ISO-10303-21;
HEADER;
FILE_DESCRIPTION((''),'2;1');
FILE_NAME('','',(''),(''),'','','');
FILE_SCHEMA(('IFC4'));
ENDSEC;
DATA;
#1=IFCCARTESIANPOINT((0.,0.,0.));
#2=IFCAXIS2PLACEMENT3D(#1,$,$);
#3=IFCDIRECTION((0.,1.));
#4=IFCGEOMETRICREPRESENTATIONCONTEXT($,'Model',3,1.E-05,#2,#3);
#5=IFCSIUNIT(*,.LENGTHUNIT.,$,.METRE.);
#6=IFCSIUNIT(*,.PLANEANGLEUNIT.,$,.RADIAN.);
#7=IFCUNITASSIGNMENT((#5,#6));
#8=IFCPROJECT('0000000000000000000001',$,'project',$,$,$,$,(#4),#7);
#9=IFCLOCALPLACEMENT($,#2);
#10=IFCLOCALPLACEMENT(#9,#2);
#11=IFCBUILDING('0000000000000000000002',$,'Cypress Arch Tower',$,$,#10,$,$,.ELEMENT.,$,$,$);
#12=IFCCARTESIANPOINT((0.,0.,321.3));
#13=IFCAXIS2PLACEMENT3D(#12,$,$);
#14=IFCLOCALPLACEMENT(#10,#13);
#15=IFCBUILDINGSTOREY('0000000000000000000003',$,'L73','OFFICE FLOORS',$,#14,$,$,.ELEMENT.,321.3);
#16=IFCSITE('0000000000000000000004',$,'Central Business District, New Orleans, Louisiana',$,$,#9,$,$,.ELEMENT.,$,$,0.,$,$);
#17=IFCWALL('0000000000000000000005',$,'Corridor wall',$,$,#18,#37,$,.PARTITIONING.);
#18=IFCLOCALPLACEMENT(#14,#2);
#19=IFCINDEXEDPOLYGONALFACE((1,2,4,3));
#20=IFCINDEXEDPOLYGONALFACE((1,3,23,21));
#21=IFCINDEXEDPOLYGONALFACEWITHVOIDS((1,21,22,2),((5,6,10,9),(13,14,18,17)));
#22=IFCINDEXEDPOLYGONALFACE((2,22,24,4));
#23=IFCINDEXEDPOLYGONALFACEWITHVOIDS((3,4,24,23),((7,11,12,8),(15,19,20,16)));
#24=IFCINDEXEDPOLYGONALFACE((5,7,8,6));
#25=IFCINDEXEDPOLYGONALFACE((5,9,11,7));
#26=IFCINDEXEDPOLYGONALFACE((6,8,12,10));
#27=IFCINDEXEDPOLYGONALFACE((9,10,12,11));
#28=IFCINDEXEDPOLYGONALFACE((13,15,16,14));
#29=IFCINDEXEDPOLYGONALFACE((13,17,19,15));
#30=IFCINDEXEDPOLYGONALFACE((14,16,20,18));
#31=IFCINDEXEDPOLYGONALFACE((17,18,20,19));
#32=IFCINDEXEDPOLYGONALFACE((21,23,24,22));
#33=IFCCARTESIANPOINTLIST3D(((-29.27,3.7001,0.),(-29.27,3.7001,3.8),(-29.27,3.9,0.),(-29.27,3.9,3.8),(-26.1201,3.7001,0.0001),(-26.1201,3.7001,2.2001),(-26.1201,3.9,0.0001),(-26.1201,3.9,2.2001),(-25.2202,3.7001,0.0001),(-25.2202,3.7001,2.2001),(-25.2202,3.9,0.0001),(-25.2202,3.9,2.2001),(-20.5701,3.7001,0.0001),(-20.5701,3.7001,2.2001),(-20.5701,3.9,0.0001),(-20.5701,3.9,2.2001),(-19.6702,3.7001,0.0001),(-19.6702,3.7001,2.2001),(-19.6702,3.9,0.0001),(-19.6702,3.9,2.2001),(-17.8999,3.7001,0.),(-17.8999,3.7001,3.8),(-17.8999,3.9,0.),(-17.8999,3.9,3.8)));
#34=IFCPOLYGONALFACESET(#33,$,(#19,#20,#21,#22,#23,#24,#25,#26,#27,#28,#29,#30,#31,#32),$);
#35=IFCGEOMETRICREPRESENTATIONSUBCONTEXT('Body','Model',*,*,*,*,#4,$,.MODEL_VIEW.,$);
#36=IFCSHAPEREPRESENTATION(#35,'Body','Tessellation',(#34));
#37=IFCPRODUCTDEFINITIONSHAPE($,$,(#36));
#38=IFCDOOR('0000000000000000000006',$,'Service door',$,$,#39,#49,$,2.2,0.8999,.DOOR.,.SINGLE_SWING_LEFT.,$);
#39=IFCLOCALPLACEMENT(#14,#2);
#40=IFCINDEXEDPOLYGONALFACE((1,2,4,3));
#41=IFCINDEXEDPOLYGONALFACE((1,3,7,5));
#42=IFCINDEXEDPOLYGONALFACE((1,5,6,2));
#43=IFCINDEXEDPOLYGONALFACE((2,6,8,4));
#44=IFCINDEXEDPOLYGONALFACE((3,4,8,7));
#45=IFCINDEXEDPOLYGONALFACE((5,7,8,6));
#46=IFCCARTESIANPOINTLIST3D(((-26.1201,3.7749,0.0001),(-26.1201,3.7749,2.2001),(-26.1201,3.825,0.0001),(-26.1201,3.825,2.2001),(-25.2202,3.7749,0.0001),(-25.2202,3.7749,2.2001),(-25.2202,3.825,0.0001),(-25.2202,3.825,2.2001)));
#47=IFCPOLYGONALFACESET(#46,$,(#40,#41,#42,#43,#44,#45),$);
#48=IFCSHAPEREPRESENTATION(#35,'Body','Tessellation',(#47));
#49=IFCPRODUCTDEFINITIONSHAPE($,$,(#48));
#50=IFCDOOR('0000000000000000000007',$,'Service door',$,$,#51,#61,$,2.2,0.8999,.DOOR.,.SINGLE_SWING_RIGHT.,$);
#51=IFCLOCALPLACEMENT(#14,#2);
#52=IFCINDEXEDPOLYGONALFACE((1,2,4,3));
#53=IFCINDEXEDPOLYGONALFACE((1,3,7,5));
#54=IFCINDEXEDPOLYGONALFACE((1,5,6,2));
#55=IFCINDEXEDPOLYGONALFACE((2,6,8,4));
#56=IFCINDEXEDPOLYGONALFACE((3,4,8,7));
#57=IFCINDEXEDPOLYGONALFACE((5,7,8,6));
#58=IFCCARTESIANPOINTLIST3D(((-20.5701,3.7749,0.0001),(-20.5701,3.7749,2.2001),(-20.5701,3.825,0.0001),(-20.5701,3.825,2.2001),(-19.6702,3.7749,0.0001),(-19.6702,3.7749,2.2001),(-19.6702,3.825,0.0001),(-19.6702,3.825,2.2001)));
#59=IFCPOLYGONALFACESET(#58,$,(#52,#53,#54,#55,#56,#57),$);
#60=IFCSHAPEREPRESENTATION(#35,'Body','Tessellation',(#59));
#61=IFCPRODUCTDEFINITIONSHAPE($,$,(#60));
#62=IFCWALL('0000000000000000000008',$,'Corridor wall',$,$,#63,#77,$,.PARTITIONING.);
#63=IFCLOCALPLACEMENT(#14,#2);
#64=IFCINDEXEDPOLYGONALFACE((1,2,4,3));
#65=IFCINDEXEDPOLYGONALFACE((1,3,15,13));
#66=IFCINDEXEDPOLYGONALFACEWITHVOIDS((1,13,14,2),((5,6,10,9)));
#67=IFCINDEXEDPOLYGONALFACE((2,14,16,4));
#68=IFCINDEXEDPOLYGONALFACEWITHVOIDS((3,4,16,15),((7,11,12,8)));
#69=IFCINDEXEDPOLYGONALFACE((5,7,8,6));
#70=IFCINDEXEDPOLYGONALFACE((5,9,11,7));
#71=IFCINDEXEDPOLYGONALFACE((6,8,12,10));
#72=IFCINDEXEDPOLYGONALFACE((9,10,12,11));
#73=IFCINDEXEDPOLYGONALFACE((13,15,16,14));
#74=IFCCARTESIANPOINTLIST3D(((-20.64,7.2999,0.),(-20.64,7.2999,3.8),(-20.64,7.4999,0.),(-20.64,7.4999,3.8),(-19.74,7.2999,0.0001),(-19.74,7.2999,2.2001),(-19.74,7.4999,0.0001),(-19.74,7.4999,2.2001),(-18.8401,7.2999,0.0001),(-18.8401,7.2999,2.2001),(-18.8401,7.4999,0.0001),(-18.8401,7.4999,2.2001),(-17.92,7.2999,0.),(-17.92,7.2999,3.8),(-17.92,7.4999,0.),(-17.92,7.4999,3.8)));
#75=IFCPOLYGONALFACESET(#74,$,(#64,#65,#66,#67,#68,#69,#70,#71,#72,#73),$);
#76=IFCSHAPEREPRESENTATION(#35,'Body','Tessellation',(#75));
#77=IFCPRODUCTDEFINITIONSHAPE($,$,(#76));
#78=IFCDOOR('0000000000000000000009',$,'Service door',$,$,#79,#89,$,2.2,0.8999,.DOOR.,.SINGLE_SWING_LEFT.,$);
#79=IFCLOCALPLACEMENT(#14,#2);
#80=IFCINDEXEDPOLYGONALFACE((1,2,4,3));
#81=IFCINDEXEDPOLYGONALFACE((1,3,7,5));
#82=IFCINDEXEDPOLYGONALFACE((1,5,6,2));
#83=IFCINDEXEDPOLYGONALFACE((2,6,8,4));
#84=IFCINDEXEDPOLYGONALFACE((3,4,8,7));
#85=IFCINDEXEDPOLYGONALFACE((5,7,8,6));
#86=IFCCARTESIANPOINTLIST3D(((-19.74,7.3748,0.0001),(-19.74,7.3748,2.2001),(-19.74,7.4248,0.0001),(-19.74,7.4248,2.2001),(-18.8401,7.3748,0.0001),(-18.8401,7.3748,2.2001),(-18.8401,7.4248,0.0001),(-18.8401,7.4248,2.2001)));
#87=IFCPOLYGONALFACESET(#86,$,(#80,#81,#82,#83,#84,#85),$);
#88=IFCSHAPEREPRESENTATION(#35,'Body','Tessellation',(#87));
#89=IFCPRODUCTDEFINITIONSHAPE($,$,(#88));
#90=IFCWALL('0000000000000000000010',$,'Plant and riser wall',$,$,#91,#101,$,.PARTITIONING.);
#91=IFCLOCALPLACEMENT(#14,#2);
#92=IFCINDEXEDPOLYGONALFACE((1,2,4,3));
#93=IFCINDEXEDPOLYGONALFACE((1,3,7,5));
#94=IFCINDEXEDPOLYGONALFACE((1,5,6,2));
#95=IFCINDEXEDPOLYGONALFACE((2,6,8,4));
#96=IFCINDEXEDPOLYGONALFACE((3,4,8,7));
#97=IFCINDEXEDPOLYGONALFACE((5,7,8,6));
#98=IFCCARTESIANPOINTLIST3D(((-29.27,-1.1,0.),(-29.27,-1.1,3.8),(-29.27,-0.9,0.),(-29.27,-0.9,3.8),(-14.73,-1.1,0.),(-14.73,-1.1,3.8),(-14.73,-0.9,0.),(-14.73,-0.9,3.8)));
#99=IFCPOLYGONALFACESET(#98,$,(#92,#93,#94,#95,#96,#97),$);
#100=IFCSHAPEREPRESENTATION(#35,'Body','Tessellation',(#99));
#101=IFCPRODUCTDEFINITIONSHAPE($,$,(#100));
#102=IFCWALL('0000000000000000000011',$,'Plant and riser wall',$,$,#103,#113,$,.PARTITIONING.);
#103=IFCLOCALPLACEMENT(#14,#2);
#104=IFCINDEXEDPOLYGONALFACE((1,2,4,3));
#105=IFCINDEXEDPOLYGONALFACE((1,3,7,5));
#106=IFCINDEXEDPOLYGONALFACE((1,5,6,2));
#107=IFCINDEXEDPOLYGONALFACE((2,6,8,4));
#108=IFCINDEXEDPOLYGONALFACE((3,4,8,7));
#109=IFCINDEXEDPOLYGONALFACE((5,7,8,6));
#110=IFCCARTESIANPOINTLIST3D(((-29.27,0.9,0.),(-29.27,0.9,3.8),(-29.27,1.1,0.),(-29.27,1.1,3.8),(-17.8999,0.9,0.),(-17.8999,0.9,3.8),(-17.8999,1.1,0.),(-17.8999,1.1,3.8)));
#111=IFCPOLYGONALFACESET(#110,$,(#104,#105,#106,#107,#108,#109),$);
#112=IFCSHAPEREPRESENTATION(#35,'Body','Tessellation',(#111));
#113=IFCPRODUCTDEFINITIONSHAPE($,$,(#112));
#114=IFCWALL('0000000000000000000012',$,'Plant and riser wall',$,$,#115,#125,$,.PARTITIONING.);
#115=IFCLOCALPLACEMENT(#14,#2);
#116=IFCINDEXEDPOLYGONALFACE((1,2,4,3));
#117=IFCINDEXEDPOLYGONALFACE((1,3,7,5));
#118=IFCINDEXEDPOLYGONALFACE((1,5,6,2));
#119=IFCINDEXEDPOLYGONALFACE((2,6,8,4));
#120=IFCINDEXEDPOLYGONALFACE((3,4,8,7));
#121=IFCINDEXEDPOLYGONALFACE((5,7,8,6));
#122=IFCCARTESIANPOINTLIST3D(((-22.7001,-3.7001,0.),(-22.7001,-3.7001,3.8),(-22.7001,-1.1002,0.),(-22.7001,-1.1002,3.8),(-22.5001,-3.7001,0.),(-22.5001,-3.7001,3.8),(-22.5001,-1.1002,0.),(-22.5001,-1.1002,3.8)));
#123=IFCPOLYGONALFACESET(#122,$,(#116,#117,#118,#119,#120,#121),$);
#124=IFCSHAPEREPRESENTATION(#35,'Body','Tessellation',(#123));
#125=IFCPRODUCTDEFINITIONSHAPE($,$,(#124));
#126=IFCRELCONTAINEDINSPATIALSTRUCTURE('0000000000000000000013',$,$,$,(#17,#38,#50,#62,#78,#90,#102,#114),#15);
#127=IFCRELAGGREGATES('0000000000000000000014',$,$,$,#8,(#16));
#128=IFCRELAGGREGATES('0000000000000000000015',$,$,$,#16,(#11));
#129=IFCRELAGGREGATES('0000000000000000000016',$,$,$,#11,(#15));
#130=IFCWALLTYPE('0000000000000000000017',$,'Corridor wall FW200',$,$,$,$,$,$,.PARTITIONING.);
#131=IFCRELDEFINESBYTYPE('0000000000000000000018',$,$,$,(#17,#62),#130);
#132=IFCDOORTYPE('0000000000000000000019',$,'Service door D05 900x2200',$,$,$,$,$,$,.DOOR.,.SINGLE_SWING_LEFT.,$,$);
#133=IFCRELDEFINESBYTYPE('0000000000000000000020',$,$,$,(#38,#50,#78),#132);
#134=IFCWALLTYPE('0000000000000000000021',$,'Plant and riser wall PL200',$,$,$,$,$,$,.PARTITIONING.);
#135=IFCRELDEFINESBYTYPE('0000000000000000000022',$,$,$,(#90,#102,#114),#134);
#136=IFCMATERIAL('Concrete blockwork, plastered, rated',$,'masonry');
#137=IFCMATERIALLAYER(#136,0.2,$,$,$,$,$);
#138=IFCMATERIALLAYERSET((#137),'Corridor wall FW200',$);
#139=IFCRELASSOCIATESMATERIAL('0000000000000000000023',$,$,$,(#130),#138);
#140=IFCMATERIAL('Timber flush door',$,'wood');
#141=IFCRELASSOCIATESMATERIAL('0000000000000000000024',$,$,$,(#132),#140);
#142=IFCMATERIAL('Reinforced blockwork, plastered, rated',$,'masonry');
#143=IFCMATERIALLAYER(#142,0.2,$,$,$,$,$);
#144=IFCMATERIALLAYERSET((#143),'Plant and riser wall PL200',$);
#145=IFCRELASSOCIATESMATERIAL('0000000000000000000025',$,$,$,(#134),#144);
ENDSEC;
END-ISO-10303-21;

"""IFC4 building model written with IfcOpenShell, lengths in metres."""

from ifc_helpers import new_model, si_unit, direction, frame, frame_2d, origin, place, context, subcontext, project, spatial, rectangle, extrude, material, layer, layer_set, type_object, element, fill, save


model = new_model("IFC4")

# Units and contexts
model_context = context("Model", 3, precision=1e-05, world=origin(), true_north=direction((0.0, 1.0)))
body_context = subcontext(model_context, "Body", "Model", "MODEL_VIEW")
ifc_project = project(units=[si_unit("LENGTHUNIT", "METRE"), si_unit("PLANEANGLEUNIT", "RADIAN")], contexts=[model_context])

# Site, building, storey
site_placement = place(None, origin())
site = spatial("IfcSite", under=ifc_project, at=site_placement, Name="Central Business District, New Orleans, Louisiana", CompositionType="ELEMENT", RefElevation=0.0)
building_placement = place(site_placement, origin())
building = spatial("IfcBuilding", under=site, at=building_placement, Name="Cypress Arch Tower", CompositionType="ELEMENT")
storey_placement = place(building_placement, frame((0.0, 0.0, 321.3)))
storey = spatial("IfcBuildingStorey", under=building, at=storey_placement, Name="L73", Description="OFFICE FLOORS", CompositionType="ELEMENT", Elevation=321.3)

# Wall, openings, doors
ifc_material_1 = material(Name="Concrete blockwork, plastered, rated", Category="masonry")
ifc_layer_1 = layer(ifc_material_1, 0.2)
ifc_layer_set_1 = layer_set([ifc_layer_1], Name="Corridor wall FW200")
wall_type_1 = type_object("IfcWallType", Name="Corridor wall FW200", PredefinedType="PARTITIONING", material=ifc_layer_set_1)
wall_1_placement = place(storey_placement, frame((-29.27, 3.8, 0.0), z_axis=(0.0, 0.0, 1.0), x_axis=(1.0, 0.0, 0.0)))
wall_1 = element("IfcWall", 1, at=wall_1_placement, inside=storey, type_object=wall_type_1, Name="Corridor wall", PredefinedType="PARTITIONING", context=body_context, shape_type="SweptSolid", body=[
    extrude(rectangle(XDim=11.3701, YDim=0.2, at=frame_2d((5.6851, 0.0))), origin(), (0.0, 0.0, 1.0), 3.8),
])
opening_1_placement = place(wall_1_placement, frame((3.1499, 0.0, 0.0)))
opening_1 = element("IfcOpeningElement", 2, at=opening_1_placement, cuts=wall_1, PredefinedType="OPENING", context=body_context, shape_type="SweptSolid", body=[
    extrude(rectangle(XDim=0.8999, YDim=2.2, at=frame_2d((0.45, 1.1001))), frame((0.0, 0.1099, 0.0), z_axis=(0.0, -1.0, 0.0), x_axis=(1.0, 0.0, 0.0)), (0.0, 0.0, 1.0), 0.22),
])
opening_2_placement = place(wall_1_placement, frame((8.7, 0.0, 0.0)))
opening_2 = element("IfcOpeningElement", 3, at=opening_2_placement, cuts=wall_1, PredefinedType="OPENING", context=body_context, shape_type="SweptSolid", body=[
    extrude(rectangle(XDim=0.8999, YDim=2.2, at=frame_2d((0.45, 1.1001))), frame((0.0, 0.1099, 0.0), z_axis=(0.0, -1.0, 0.0), x_axis=(1.0, 0.0, 0.0)), (0.0, 0.0, 1.0), 0.22),
])
ifc_material_2 = material(Name="Timber flush door", Category="wood")
door_type_1 = type_object("IfcDoorType", Name="Service door D05 900x2200", OperationType="SINGLE_SWING_LEFT", PredefinedType="DOOR", material=ifc_material_2)
door_1_placement = place(opening_1_placement, origin())
door_1 = element("IfcDoor", 4, at=door_1_placement, inside=storey, type_object=door_type_1, Name="Service door", OperationType="SINGLE_SWING_LEFT", OverallHeight=2.2, OverallWidth=0.8999, PredefinedType="DOOR", context=body_context, shape_type="SweptSolid", body=[
    extrude(rectangle(XDim=0.8999, YDim=2.2, at=frame_2d((0.45, 1.1001))), frame((0.0, 0.0249, 0.0), z_axis=(0.0, -1.0, 0.0), x_axis=(1.0, 0.0, 0.0)), (0.0, 0.0, 1.0), 0.05),
])
fill(opening_1, door_1)
door_2_placement = place(opening_2_placement, origin())
door_2 = element("IfcDoor", 5, at=door_2_placement, inside=storey, type_object=door_type_1, Name="Service door", OperationType="SINGLE_SWING_RIGHT", OverallHeight=2.2, OverallWidth=0.8999, PredefinedType="DOOR", context=body_context, shape_type="SweptSolid", body=[
    extrude(rectangle(XDim=0.8999, YDim=2.2, at=frame_2d((0.45, 1.1001))), frame((0.0, 0.0249, 0.0), z_axis=(0.0, -1.0, 0.0), x_axis=(1.0, 0.0, 0.0)), (0.0, 0.0, 1.0), 0.05),
])
fill(opening_2, door_2)

# Wall, opening, door
wall_2_placement = place(storey_placement, frame((-20.6399, 7.3999, 0.0), z_axis=(0.0, 0.0, 1.0), x_axis=(1.0, 0.0, 0.0)))
wall_2 = element("IfcWall", 6, at=wall_2_placement, inside=storey, type_object=wall_type_1, Name="Corridor wall", PredefinedType="PARTITIONING", context=body_context, shape_type="SweptSolid", body=[
    extrude(rectangle(XDim=2.72, YDim=0.2, at=frame_2d((1.3599, 0.0))), origin(), (0.0, 0.0, 1.0), 3.8),
])
opening_3_placement = place(wall_2_placement, frame((0.8999, 0.0, 0.0)))
opening_3 = element("IfcOpeningElement", 7, at=opening_3_placement, cuts=wall_2, PredefinedType="OPENING", context=body_context, shape_type="SweptSolid", body=[
    extrude(rectangle(XDim=0.8999, YDim=2.2, at=frame_2d((0.45, 1.1001))), frame((0.0, 0.1099, 0.0), z_axis=(0.0, -1.0, 0.0), x_axis=(1.0, 0.0, 0.0)), (0.0, 0.0, 1.0), 0.22),
])
door_3_placement = place(opening_3_placement, origin())
door_3 = element("IfcDoor", 8, at=door_3_placement, inside=storey, type_object=door_type_1, Name="Service door", OperationType="SINGLE_SWING_LEFT", OverallHeight=2.2, OverallWidth=0.8999, PredefinedType="DOOR", context=body_context, shape_type="SweptSolid", body=[
    extrude(rectangle(XDim=0.8999, YDim=2.2, at=frame_2d((0.45, 1.1001))), frame((0.0, 0.0249, 0.0), z_axis=(0.0, -1.0, 0.0), x_axis=(1.0, 0.0, 0.0)), (0.0, 0.0, 1.0), 0.05),
])
fill(opening_3, door_3)

# Walls
ifc_material_3 = material(Name="Reinforced blockwork, plastered, rated", Category="masonry")
ifc_layer_2 = layer(ifc_material_3, 0.2)
ifc_layer_set_2 = layer_set([ifc_layer_2], Name="Plant and riser wall PL200")
wall_type_2 = type_object("IfcWallType", Name="Plant and riser wall PL200", PredefinedType="PARTITIONING", material=ifc_layer_set_2)
wall_3_placement = place(storey_placement, frame((-29.27, -1.0, 0.0), z_axis=(0.0, 0.0, 1.0), x_axis=(1.0, 0.0, 0.0)))
element("IfcWall", 9, at=wall_3_placement, inside=storey, type_object=wall_type_2, Name="Plant and riser wall", PredefinedType="PARTITIONING", context=body_context, shape_type="SweptSolid", body=[
    extrude(rectangle(XDim=14.54, YDim=0.2, at=frame_2d((7.27, 0.0))), origin(), (0.0, 0.0, 1.0), 3.8),
])
wall_4_placement = place(storey_placement, frame((-29.27, 1.0, 0.0), z_axis=(0.0, 0.0, 1.0), x_axis=(1.0, 0.0, 0.0)))
element("IfcWall", 10, at=wall_4_placement, inside=storey, type_object=wall_type_2, Name="Plant and riser wall", PredefinedType="PARTITIONING", context=body_context, shape_type="SweptSolid", body=[
    extrude(rectangle(XDim=11.3701, YDim=0.2, at=frame_2d((5.6851, 0.0))), origin(), (0.0, 0.0, 1.0), 3.8),
])
wall_5_placement = place(storey_placement, frame((-22.6001, -3.7, 0.0), z_axis=(0.0, 0.0, 1.0), x_axis=(0.0, 1.0, 0.0)))
element("IfcWall", 11, at=wall_5_placement, inside=storey, type_object=wall_type_2, Name="Plant and riser wall", PredefinedType="PARTITIONING", context=body_context, shape_type="SweptSolid", body=[
    extrude(rectangle(XDim=2.5999, YDim=0.2, at=frame_2d((1.2998, 0.0))), origin(), (0.0, 0.0, 1.0), 3.8),
])

save(model, "model.ifc")
